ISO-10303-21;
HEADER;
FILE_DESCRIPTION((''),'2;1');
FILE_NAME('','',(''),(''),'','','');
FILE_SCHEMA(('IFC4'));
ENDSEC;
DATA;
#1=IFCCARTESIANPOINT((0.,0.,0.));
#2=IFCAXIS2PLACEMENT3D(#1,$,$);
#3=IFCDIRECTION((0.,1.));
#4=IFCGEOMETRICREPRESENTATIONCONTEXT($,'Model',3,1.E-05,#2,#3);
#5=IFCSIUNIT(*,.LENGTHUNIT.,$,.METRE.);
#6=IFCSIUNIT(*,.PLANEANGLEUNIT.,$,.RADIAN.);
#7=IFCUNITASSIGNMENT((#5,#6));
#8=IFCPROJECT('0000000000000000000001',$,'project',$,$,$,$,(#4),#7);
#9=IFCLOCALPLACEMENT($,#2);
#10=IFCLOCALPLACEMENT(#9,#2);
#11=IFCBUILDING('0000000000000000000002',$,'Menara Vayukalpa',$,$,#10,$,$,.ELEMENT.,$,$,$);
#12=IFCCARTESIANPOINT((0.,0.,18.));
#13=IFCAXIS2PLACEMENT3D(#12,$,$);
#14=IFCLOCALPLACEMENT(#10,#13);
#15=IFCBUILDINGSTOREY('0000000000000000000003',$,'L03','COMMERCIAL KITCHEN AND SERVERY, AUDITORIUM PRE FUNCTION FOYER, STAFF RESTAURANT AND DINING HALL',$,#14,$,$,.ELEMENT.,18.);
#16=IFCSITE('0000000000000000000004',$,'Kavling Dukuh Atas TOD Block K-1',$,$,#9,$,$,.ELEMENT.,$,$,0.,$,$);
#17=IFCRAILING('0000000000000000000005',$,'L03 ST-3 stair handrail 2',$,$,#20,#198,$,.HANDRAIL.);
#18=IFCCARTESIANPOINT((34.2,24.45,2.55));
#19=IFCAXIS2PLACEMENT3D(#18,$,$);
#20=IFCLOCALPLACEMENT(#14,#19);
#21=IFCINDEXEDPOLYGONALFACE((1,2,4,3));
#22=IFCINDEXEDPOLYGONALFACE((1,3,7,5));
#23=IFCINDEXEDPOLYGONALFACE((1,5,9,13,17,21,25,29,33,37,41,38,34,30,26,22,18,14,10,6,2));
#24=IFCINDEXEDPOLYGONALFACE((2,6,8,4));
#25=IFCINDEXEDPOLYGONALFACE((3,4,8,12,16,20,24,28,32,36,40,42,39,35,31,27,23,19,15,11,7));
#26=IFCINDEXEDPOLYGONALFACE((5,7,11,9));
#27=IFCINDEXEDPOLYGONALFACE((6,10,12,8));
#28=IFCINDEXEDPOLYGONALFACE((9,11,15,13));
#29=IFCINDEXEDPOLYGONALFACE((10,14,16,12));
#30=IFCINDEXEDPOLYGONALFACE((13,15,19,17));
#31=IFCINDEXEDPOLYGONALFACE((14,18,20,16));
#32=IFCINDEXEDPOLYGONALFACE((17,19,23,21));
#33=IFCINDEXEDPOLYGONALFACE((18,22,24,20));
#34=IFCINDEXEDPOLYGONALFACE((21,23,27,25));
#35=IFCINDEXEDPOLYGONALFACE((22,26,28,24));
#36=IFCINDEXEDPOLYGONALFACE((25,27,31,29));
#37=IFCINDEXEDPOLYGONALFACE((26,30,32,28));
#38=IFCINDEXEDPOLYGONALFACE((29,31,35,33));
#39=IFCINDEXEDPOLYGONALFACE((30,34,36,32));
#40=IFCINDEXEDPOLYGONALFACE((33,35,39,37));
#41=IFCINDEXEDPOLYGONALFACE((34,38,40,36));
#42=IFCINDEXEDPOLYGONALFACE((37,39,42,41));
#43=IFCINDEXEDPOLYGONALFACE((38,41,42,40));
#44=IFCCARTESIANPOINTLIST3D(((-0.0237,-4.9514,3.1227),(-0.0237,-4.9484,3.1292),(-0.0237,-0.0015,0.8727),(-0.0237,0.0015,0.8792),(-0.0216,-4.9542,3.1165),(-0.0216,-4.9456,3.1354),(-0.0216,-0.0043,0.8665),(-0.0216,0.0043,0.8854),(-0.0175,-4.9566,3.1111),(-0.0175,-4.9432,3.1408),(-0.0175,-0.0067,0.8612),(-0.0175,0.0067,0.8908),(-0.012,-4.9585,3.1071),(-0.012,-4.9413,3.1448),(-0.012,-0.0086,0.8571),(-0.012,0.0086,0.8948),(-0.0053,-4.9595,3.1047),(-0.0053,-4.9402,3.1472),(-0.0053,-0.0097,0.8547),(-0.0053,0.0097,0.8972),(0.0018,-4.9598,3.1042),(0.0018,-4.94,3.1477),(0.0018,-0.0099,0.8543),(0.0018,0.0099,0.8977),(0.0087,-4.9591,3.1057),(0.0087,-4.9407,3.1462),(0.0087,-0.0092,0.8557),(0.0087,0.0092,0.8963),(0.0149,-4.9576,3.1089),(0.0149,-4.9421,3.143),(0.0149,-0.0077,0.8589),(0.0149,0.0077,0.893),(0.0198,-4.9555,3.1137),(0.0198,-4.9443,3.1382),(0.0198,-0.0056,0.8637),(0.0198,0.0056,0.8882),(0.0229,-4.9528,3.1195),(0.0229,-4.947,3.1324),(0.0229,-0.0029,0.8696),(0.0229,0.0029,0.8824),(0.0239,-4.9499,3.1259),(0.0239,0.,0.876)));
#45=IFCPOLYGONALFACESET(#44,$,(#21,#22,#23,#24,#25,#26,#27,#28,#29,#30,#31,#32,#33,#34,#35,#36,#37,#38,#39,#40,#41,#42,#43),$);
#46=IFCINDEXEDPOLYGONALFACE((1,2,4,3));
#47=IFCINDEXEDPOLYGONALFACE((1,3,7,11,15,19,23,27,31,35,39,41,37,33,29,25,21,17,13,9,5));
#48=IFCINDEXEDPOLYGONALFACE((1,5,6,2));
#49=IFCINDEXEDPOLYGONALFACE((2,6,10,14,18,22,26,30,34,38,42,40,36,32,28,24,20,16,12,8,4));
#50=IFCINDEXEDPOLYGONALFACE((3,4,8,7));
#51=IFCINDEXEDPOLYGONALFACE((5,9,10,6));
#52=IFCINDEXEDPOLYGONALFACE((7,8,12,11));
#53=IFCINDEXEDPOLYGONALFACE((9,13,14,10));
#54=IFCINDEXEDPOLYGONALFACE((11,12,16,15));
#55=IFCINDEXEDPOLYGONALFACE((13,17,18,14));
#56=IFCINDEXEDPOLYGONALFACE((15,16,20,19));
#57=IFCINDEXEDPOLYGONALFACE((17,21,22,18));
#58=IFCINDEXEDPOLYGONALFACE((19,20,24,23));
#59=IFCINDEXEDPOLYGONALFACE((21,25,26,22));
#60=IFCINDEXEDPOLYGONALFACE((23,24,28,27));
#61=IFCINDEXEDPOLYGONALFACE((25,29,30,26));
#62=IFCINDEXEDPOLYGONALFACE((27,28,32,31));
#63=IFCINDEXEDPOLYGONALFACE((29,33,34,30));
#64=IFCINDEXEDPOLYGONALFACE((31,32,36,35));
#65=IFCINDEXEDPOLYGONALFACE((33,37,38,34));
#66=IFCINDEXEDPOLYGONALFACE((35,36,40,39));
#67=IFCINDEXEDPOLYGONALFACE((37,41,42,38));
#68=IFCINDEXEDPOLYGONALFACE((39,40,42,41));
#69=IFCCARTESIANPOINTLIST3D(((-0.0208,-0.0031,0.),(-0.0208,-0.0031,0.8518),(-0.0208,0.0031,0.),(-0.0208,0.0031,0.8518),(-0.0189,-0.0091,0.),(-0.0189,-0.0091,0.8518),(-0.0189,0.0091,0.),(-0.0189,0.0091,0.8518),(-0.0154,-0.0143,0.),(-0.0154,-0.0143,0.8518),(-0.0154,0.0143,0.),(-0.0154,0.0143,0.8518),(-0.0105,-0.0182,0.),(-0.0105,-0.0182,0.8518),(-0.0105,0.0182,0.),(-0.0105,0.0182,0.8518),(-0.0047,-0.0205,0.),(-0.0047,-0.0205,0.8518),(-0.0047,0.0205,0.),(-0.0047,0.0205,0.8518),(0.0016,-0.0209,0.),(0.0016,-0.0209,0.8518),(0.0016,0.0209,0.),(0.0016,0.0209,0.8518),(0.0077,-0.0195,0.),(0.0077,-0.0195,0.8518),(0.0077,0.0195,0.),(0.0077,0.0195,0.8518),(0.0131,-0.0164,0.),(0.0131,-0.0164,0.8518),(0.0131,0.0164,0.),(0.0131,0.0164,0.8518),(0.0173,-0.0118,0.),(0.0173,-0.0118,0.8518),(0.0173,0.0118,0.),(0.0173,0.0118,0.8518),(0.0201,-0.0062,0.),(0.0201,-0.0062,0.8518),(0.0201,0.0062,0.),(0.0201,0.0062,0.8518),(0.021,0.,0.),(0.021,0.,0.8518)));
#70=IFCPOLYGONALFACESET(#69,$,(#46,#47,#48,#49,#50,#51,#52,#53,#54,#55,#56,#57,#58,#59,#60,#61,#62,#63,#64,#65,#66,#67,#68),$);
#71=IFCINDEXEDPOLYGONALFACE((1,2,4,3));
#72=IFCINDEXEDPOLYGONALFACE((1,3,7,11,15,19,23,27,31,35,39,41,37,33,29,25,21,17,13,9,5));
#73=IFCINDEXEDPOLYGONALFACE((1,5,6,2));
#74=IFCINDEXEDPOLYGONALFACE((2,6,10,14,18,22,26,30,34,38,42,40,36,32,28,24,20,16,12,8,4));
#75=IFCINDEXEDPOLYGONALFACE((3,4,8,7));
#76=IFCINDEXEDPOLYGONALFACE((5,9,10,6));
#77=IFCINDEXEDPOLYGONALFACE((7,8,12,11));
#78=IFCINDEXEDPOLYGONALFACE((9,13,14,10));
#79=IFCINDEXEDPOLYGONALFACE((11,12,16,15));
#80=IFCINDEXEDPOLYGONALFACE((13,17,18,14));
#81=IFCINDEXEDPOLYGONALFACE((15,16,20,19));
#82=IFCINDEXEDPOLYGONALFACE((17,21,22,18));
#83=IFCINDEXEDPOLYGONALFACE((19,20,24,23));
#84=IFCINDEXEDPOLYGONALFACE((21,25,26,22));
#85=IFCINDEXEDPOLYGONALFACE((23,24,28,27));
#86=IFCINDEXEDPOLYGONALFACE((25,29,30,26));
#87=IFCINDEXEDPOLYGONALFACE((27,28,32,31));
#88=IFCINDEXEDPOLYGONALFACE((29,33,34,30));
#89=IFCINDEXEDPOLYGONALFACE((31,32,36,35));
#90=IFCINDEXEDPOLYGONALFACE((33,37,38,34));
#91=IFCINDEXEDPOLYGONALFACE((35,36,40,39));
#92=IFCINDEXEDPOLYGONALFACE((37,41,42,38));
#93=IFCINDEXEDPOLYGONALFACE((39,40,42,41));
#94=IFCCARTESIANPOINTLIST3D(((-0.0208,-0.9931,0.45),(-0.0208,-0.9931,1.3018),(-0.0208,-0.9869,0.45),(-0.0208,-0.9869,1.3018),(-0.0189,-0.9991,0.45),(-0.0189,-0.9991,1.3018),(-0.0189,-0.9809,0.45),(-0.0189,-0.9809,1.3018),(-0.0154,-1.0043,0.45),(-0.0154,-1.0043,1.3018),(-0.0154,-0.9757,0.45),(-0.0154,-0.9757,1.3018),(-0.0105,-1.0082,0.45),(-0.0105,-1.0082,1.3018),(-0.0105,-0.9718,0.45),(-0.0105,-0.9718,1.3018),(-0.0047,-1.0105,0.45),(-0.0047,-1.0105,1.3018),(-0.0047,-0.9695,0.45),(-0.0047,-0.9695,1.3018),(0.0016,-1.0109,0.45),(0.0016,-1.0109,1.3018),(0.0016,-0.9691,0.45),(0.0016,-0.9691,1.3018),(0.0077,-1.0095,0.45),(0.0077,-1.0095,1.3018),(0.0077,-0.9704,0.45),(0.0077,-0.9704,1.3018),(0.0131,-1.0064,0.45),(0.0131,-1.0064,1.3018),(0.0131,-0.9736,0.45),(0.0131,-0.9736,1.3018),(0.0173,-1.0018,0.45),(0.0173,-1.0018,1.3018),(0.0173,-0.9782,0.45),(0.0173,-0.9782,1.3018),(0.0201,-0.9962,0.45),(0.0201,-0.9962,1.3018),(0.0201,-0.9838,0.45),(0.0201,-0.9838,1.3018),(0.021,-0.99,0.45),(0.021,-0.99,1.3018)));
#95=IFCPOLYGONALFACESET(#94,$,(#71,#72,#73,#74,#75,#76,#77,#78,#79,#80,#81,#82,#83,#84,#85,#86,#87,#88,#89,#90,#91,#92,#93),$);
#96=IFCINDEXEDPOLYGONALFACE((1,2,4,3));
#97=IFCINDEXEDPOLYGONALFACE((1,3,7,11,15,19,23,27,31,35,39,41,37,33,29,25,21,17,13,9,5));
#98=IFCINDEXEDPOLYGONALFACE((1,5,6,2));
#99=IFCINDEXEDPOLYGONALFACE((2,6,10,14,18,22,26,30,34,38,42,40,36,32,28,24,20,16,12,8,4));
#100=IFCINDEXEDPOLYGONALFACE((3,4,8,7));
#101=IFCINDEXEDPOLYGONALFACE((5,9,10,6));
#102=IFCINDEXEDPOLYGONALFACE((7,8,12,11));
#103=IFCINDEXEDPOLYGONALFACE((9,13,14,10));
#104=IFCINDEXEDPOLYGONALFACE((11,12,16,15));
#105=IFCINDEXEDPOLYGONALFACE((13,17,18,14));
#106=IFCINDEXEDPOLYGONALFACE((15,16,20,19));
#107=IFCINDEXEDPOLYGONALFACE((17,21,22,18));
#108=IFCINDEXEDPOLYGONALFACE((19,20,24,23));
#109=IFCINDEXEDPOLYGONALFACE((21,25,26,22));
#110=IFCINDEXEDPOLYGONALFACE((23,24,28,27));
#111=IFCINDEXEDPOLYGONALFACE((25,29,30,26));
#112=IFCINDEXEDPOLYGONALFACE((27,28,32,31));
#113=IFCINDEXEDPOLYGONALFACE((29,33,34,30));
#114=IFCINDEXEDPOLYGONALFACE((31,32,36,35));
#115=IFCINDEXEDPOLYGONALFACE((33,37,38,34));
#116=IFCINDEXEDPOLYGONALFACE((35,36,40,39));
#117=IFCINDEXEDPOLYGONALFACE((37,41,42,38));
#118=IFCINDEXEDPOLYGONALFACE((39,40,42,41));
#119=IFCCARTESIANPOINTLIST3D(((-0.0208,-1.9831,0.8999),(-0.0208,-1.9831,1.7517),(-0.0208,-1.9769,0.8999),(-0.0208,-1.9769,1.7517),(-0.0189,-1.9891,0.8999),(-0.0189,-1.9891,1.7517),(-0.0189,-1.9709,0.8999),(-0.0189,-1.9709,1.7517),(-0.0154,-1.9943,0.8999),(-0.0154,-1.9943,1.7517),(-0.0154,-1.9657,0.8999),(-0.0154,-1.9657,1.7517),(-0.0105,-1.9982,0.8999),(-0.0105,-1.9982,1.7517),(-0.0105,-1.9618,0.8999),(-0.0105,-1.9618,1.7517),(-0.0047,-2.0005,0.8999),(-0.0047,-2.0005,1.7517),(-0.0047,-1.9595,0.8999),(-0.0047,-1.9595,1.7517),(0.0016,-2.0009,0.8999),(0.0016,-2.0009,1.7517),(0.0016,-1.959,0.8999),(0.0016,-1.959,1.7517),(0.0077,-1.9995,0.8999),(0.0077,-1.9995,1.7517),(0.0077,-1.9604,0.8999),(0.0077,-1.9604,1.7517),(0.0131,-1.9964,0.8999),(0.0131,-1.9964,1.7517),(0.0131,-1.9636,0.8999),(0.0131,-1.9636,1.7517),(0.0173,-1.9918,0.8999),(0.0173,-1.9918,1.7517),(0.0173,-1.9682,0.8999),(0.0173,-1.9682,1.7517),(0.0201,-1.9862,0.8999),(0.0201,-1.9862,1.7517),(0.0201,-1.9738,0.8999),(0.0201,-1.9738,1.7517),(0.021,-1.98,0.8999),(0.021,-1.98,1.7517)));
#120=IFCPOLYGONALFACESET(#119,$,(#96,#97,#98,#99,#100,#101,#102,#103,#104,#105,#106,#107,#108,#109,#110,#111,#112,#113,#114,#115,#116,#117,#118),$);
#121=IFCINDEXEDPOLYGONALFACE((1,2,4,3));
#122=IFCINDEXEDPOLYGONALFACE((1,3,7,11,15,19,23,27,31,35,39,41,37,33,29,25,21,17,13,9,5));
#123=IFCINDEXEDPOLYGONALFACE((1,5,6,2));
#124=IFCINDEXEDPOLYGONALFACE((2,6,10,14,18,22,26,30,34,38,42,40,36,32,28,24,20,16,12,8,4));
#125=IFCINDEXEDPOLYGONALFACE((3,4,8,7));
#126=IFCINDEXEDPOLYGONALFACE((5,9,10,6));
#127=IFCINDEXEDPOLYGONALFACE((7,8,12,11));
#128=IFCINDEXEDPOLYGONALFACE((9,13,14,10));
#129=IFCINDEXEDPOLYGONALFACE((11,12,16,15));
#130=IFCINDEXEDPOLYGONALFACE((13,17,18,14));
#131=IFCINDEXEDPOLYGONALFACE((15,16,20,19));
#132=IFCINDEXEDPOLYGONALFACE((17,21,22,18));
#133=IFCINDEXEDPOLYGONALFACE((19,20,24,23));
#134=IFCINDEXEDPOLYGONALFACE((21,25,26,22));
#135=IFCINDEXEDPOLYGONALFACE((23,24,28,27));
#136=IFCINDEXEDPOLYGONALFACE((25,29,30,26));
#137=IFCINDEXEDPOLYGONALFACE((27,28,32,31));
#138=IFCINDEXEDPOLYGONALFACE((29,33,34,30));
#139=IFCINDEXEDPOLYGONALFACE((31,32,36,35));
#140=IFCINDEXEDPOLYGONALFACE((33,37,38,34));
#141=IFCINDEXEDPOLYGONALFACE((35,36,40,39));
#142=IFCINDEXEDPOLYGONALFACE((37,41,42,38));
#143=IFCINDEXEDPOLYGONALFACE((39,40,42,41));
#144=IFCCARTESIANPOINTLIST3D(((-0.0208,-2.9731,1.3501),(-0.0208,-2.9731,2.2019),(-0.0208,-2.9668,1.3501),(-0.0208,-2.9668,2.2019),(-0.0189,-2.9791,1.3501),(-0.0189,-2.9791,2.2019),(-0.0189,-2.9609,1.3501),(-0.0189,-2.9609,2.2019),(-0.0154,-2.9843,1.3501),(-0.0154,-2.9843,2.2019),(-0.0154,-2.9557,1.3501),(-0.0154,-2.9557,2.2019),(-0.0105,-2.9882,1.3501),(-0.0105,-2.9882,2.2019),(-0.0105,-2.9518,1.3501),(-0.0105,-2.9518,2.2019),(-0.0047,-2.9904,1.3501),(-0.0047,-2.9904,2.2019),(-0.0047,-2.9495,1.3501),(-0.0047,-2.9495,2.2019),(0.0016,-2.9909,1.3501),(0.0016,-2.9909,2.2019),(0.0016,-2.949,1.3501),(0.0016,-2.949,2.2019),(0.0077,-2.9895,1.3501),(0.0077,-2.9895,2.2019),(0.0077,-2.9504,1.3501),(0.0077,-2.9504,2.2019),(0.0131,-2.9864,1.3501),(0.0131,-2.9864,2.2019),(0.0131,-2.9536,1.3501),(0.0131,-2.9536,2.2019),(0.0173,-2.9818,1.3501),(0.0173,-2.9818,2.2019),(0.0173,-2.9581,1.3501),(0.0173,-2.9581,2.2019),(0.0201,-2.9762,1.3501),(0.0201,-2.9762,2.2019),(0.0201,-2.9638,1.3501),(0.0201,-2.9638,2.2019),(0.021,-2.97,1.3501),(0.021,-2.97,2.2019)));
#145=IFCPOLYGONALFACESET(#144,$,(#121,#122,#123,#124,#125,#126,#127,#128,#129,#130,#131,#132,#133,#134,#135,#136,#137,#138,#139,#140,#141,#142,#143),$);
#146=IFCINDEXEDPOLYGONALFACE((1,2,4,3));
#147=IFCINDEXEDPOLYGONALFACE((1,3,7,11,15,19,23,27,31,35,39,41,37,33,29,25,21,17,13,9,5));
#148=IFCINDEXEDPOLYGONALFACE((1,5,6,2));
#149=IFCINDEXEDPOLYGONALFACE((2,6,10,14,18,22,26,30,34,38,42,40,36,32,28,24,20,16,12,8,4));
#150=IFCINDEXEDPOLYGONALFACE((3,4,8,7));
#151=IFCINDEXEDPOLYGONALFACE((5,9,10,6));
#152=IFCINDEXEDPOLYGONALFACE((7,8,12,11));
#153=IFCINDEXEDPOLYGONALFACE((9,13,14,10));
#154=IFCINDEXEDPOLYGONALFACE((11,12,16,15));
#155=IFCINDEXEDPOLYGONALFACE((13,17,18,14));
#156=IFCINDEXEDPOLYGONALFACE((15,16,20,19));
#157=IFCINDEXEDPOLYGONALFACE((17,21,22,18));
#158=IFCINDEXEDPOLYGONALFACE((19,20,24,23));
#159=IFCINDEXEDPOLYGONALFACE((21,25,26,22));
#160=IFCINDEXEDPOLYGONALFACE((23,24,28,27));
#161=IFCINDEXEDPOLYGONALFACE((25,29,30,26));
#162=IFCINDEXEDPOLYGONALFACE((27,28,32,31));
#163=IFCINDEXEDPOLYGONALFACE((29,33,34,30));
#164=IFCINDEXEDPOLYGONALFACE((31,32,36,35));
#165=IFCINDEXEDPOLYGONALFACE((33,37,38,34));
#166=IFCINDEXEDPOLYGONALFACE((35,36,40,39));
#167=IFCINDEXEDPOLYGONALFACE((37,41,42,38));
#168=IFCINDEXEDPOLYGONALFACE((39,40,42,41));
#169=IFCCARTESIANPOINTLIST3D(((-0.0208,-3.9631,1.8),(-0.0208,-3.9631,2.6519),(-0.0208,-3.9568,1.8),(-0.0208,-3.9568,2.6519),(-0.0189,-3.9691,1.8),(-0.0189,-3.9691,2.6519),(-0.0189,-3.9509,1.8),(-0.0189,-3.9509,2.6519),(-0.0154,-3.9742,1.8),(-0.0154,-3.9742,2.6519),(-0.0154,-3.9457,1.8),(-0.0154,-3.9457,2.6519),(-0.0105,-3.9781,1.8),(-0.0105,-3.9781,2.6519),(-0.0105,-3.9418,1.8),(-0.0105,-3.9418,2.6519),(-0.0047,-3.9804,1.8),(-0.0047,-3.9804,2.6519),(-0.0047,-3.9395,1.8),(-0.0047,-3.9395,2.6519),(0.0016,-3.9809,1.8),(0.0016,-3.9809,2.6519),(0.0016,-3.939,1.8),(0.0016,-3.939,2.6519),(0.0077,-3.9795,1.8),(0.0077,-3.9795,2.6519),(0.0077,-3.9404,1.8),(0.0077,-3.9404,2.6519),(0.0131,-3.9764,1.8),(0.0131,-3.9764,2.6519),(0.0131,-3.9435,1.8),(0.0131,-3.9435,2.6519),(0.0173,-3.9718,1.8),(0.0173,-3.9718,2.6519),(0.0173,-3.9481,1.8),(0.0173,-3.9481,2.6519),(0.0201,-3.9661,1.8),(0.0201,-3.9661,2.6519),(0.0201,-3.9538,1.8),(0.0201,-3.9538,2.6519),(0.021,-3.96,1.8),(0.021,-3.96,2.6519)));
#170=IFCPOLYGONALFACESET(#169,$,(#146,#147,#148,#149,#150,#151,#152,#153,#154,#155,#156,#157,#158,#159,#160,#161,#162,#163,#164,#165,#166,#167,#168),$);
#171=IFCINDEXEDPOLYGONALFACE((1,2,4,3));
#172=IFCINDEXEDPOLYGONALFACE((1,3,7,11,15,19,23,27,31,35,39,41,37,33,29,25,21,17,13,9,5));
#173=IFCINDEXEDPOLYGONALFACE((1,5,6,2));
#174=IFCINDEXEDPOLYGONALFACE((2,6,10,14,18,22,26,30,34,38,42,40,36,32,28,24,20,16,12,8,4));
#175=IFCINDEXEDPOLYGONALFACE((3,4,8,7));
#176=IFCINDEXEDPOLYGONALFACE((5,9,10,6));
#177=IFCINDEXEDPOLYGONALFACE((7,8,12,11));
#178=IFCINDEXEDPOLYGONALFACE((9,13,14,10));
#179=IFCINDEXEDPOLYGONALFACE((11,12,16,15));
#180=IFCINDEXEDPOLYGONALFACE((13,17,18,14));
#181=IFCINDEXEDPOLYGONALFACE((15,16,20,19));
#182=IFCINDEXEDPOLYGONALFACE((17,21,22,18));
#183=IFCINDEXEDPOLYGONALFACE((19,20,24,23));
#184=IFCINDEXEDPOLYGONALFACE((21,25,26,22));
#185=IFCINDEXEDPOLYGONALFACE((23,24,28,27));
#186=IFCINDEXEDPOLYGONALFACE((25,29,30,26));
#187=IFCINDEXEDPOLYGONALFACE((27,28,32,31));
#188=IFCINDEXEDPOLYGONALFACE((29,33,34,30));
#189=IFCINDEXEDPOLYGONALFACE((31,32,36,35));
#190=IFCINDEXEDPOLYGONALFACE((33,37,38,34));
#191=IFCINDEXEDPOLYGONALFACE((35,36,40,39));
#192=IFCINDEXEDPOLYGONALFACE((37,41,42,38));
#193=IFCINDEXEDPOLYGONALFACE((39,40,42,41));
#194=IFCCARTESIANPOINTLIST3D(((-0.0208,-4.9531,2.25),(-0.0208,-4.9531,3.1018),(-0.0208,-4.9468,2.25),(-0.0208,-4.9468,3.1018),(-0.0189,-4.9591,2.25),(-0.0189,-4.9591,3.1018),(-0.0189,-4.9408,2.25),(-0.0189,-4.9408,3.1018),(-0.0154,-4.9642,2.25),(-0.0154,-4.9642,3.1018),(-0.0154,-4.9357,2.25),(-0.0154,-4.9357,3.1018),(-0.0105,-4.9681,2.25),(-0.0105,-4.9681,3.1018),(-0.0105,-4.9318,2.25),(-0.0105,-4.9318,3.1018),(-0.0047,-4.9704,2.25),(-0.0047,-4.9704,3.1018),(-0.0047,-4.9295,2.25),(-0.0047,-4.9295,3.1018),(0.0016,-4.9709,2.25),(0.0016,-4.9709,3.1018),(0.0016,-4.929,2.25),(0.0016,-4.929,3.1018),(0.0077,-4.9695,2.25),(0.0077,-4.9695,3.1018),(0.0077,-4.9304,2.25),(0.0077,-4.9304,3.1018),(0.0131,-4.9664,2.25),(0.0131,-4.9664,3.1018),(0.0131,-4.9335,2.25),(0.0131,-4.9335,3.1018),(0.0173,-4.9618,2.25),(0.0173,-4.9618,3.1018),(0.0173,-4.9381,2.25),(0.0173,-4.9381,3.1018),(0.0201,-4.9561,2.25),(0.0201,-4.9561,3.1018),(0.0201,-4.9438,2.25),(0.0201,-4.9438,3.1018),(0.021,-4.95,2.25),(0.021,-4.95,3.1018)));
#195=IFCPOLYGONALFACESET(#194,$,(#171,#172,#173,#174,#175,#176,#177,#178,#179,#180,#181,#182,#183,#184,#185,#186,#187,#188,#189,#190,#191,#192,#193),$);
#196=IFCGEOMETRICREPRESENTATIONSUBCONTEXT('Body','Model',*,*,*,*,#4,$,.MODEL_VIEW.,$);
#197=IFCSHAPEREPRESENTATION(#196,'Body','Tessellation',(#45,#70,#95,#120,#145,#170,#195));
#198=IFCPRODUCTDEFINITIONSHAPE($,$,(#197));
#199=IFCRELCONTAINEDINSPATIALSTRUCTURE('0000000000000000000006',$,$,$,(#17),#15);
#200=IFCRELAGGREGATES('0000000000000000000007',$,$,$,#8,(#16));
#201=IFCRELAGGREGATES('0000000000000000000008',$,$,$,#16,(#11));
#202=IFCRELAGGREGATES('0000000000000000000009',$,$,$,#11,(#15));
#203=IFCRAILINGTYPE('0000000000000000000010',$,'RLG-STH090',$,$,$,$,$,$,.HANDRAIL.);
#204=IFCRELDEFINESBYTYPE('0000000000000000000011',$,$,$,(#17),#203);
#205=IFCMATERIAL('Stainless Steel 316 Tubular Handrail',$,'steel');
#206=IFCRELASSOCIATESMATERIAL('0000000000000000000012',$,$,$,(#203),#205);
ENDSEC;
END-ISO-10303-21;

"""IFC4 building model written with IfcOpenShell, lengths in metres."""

from ifc_helpers import new_model, si_unit, direction, frame, origin, origin_2d, place, context, subcontext, project, spatial, circle, extrude, material, type_object, element, save


model = new_model("IFC4")

# Units and contexts
model_context = context("Model", 3, precision=1e-05, world=origin(), true_north=direction((0.0, 1.0)))
body_context = subcontext(model_context, "Body", "Model", "MODEL_VIEW")
ifc_project = project(units=[si_unit("LENGTHUNIT", "METRE"), si_unit("PLANEANGLEUNIT", "RADIAN")], contexts=[model_context])

# Site, building, storey
site_placement = place(None, origin())
site = spatial("IfcSite", under=ifc_project, at=site_placement, Name="Kavling Dukuh Atas TOD Block K-1", CompositionType="ELEMENT", RefElevation=0.0)
building_placement = place(site_placement, origin())
building = spatial("IfcBuilding", under=site, at=building_placement, Name="Menara Vayukalpa", CompositionType="ELEMENT")
storey_placement = place(building_placement, frame((0.0, 0.0, 18.0)))
storey = spatial("IfcBuildingStorey", under=building, at=storey_placement, Name="L03", Description="COMMERCIAL KITCHEN AND SERVERY, AUDITORIUM PRE FUNCTION FOYER, STAFF RESTAURANT AND DINING HALL", CompositionType="ELEMENT", Elevation=18.0)

# Railing
ifc_material_1 = material(Name="Stainless Steel 316 Tubular Handrail", Category="steel")
railing_type_1 = type_object("IfcRailingType", Name="RLG-STH090", PredefinedType="HANDRAIL", material=ifc_material_1)
railing_1_placement = place(storey_placement, frame((34.2, 24.45, 2.55)))
element("IfcRailing", 1, at=railing_1_placement, inside=storey, type_object=railing_type_1, Name="L03 ST-3 stair handrail 2", PredefinedType="HANDRAIL", context=body_context, shape_type="SweptSolid", body=[
    extrude(circle(Radius=0.0239, at=origin_2d()), frame((0.0, 0.0, 0.876), z_axis=(0.0, -0.910365, 0.413806), x_axis=(1.0, 0.0, 0.0)), (0.0, 0.0, 1.0), 5.4373),
    extrude(circle(Radius=0.021, at=origin_2d()), origin(), (0.0, 0.0, 1.0), 0.8518),
    extrude(circle(Radius=0.021, at=origin_2d()), frame((0.0, -0.99, 0.45)), (0.0, 0.0, 1.0), 0.8518),
    extrude(circle(Radius=0.021, at=origin_2d()), frame((0.0, -1.98, 0.8999)), (0.0, 0.0, 1.0), 0.8518),
    extrude(circle(Radius=0.021, at=origin_2d()), frame((0.0, -2.97, 1.3501)), (0.0, 0.0, 1.0), 0.8518),
    extrude(circle(Radius=0.021, at=origin_2d()), frame((0.0, -3.96, 1.8)), (0.0, 0.0, 1.0), 0.8518),
    extrude(circle(Radius=0.021, at=origin_2d()), frame((0.0, -4.95, 2.25)), (0.0, 0.0, 1.0), 0.8518),
])

save(model, "model.ifc")
